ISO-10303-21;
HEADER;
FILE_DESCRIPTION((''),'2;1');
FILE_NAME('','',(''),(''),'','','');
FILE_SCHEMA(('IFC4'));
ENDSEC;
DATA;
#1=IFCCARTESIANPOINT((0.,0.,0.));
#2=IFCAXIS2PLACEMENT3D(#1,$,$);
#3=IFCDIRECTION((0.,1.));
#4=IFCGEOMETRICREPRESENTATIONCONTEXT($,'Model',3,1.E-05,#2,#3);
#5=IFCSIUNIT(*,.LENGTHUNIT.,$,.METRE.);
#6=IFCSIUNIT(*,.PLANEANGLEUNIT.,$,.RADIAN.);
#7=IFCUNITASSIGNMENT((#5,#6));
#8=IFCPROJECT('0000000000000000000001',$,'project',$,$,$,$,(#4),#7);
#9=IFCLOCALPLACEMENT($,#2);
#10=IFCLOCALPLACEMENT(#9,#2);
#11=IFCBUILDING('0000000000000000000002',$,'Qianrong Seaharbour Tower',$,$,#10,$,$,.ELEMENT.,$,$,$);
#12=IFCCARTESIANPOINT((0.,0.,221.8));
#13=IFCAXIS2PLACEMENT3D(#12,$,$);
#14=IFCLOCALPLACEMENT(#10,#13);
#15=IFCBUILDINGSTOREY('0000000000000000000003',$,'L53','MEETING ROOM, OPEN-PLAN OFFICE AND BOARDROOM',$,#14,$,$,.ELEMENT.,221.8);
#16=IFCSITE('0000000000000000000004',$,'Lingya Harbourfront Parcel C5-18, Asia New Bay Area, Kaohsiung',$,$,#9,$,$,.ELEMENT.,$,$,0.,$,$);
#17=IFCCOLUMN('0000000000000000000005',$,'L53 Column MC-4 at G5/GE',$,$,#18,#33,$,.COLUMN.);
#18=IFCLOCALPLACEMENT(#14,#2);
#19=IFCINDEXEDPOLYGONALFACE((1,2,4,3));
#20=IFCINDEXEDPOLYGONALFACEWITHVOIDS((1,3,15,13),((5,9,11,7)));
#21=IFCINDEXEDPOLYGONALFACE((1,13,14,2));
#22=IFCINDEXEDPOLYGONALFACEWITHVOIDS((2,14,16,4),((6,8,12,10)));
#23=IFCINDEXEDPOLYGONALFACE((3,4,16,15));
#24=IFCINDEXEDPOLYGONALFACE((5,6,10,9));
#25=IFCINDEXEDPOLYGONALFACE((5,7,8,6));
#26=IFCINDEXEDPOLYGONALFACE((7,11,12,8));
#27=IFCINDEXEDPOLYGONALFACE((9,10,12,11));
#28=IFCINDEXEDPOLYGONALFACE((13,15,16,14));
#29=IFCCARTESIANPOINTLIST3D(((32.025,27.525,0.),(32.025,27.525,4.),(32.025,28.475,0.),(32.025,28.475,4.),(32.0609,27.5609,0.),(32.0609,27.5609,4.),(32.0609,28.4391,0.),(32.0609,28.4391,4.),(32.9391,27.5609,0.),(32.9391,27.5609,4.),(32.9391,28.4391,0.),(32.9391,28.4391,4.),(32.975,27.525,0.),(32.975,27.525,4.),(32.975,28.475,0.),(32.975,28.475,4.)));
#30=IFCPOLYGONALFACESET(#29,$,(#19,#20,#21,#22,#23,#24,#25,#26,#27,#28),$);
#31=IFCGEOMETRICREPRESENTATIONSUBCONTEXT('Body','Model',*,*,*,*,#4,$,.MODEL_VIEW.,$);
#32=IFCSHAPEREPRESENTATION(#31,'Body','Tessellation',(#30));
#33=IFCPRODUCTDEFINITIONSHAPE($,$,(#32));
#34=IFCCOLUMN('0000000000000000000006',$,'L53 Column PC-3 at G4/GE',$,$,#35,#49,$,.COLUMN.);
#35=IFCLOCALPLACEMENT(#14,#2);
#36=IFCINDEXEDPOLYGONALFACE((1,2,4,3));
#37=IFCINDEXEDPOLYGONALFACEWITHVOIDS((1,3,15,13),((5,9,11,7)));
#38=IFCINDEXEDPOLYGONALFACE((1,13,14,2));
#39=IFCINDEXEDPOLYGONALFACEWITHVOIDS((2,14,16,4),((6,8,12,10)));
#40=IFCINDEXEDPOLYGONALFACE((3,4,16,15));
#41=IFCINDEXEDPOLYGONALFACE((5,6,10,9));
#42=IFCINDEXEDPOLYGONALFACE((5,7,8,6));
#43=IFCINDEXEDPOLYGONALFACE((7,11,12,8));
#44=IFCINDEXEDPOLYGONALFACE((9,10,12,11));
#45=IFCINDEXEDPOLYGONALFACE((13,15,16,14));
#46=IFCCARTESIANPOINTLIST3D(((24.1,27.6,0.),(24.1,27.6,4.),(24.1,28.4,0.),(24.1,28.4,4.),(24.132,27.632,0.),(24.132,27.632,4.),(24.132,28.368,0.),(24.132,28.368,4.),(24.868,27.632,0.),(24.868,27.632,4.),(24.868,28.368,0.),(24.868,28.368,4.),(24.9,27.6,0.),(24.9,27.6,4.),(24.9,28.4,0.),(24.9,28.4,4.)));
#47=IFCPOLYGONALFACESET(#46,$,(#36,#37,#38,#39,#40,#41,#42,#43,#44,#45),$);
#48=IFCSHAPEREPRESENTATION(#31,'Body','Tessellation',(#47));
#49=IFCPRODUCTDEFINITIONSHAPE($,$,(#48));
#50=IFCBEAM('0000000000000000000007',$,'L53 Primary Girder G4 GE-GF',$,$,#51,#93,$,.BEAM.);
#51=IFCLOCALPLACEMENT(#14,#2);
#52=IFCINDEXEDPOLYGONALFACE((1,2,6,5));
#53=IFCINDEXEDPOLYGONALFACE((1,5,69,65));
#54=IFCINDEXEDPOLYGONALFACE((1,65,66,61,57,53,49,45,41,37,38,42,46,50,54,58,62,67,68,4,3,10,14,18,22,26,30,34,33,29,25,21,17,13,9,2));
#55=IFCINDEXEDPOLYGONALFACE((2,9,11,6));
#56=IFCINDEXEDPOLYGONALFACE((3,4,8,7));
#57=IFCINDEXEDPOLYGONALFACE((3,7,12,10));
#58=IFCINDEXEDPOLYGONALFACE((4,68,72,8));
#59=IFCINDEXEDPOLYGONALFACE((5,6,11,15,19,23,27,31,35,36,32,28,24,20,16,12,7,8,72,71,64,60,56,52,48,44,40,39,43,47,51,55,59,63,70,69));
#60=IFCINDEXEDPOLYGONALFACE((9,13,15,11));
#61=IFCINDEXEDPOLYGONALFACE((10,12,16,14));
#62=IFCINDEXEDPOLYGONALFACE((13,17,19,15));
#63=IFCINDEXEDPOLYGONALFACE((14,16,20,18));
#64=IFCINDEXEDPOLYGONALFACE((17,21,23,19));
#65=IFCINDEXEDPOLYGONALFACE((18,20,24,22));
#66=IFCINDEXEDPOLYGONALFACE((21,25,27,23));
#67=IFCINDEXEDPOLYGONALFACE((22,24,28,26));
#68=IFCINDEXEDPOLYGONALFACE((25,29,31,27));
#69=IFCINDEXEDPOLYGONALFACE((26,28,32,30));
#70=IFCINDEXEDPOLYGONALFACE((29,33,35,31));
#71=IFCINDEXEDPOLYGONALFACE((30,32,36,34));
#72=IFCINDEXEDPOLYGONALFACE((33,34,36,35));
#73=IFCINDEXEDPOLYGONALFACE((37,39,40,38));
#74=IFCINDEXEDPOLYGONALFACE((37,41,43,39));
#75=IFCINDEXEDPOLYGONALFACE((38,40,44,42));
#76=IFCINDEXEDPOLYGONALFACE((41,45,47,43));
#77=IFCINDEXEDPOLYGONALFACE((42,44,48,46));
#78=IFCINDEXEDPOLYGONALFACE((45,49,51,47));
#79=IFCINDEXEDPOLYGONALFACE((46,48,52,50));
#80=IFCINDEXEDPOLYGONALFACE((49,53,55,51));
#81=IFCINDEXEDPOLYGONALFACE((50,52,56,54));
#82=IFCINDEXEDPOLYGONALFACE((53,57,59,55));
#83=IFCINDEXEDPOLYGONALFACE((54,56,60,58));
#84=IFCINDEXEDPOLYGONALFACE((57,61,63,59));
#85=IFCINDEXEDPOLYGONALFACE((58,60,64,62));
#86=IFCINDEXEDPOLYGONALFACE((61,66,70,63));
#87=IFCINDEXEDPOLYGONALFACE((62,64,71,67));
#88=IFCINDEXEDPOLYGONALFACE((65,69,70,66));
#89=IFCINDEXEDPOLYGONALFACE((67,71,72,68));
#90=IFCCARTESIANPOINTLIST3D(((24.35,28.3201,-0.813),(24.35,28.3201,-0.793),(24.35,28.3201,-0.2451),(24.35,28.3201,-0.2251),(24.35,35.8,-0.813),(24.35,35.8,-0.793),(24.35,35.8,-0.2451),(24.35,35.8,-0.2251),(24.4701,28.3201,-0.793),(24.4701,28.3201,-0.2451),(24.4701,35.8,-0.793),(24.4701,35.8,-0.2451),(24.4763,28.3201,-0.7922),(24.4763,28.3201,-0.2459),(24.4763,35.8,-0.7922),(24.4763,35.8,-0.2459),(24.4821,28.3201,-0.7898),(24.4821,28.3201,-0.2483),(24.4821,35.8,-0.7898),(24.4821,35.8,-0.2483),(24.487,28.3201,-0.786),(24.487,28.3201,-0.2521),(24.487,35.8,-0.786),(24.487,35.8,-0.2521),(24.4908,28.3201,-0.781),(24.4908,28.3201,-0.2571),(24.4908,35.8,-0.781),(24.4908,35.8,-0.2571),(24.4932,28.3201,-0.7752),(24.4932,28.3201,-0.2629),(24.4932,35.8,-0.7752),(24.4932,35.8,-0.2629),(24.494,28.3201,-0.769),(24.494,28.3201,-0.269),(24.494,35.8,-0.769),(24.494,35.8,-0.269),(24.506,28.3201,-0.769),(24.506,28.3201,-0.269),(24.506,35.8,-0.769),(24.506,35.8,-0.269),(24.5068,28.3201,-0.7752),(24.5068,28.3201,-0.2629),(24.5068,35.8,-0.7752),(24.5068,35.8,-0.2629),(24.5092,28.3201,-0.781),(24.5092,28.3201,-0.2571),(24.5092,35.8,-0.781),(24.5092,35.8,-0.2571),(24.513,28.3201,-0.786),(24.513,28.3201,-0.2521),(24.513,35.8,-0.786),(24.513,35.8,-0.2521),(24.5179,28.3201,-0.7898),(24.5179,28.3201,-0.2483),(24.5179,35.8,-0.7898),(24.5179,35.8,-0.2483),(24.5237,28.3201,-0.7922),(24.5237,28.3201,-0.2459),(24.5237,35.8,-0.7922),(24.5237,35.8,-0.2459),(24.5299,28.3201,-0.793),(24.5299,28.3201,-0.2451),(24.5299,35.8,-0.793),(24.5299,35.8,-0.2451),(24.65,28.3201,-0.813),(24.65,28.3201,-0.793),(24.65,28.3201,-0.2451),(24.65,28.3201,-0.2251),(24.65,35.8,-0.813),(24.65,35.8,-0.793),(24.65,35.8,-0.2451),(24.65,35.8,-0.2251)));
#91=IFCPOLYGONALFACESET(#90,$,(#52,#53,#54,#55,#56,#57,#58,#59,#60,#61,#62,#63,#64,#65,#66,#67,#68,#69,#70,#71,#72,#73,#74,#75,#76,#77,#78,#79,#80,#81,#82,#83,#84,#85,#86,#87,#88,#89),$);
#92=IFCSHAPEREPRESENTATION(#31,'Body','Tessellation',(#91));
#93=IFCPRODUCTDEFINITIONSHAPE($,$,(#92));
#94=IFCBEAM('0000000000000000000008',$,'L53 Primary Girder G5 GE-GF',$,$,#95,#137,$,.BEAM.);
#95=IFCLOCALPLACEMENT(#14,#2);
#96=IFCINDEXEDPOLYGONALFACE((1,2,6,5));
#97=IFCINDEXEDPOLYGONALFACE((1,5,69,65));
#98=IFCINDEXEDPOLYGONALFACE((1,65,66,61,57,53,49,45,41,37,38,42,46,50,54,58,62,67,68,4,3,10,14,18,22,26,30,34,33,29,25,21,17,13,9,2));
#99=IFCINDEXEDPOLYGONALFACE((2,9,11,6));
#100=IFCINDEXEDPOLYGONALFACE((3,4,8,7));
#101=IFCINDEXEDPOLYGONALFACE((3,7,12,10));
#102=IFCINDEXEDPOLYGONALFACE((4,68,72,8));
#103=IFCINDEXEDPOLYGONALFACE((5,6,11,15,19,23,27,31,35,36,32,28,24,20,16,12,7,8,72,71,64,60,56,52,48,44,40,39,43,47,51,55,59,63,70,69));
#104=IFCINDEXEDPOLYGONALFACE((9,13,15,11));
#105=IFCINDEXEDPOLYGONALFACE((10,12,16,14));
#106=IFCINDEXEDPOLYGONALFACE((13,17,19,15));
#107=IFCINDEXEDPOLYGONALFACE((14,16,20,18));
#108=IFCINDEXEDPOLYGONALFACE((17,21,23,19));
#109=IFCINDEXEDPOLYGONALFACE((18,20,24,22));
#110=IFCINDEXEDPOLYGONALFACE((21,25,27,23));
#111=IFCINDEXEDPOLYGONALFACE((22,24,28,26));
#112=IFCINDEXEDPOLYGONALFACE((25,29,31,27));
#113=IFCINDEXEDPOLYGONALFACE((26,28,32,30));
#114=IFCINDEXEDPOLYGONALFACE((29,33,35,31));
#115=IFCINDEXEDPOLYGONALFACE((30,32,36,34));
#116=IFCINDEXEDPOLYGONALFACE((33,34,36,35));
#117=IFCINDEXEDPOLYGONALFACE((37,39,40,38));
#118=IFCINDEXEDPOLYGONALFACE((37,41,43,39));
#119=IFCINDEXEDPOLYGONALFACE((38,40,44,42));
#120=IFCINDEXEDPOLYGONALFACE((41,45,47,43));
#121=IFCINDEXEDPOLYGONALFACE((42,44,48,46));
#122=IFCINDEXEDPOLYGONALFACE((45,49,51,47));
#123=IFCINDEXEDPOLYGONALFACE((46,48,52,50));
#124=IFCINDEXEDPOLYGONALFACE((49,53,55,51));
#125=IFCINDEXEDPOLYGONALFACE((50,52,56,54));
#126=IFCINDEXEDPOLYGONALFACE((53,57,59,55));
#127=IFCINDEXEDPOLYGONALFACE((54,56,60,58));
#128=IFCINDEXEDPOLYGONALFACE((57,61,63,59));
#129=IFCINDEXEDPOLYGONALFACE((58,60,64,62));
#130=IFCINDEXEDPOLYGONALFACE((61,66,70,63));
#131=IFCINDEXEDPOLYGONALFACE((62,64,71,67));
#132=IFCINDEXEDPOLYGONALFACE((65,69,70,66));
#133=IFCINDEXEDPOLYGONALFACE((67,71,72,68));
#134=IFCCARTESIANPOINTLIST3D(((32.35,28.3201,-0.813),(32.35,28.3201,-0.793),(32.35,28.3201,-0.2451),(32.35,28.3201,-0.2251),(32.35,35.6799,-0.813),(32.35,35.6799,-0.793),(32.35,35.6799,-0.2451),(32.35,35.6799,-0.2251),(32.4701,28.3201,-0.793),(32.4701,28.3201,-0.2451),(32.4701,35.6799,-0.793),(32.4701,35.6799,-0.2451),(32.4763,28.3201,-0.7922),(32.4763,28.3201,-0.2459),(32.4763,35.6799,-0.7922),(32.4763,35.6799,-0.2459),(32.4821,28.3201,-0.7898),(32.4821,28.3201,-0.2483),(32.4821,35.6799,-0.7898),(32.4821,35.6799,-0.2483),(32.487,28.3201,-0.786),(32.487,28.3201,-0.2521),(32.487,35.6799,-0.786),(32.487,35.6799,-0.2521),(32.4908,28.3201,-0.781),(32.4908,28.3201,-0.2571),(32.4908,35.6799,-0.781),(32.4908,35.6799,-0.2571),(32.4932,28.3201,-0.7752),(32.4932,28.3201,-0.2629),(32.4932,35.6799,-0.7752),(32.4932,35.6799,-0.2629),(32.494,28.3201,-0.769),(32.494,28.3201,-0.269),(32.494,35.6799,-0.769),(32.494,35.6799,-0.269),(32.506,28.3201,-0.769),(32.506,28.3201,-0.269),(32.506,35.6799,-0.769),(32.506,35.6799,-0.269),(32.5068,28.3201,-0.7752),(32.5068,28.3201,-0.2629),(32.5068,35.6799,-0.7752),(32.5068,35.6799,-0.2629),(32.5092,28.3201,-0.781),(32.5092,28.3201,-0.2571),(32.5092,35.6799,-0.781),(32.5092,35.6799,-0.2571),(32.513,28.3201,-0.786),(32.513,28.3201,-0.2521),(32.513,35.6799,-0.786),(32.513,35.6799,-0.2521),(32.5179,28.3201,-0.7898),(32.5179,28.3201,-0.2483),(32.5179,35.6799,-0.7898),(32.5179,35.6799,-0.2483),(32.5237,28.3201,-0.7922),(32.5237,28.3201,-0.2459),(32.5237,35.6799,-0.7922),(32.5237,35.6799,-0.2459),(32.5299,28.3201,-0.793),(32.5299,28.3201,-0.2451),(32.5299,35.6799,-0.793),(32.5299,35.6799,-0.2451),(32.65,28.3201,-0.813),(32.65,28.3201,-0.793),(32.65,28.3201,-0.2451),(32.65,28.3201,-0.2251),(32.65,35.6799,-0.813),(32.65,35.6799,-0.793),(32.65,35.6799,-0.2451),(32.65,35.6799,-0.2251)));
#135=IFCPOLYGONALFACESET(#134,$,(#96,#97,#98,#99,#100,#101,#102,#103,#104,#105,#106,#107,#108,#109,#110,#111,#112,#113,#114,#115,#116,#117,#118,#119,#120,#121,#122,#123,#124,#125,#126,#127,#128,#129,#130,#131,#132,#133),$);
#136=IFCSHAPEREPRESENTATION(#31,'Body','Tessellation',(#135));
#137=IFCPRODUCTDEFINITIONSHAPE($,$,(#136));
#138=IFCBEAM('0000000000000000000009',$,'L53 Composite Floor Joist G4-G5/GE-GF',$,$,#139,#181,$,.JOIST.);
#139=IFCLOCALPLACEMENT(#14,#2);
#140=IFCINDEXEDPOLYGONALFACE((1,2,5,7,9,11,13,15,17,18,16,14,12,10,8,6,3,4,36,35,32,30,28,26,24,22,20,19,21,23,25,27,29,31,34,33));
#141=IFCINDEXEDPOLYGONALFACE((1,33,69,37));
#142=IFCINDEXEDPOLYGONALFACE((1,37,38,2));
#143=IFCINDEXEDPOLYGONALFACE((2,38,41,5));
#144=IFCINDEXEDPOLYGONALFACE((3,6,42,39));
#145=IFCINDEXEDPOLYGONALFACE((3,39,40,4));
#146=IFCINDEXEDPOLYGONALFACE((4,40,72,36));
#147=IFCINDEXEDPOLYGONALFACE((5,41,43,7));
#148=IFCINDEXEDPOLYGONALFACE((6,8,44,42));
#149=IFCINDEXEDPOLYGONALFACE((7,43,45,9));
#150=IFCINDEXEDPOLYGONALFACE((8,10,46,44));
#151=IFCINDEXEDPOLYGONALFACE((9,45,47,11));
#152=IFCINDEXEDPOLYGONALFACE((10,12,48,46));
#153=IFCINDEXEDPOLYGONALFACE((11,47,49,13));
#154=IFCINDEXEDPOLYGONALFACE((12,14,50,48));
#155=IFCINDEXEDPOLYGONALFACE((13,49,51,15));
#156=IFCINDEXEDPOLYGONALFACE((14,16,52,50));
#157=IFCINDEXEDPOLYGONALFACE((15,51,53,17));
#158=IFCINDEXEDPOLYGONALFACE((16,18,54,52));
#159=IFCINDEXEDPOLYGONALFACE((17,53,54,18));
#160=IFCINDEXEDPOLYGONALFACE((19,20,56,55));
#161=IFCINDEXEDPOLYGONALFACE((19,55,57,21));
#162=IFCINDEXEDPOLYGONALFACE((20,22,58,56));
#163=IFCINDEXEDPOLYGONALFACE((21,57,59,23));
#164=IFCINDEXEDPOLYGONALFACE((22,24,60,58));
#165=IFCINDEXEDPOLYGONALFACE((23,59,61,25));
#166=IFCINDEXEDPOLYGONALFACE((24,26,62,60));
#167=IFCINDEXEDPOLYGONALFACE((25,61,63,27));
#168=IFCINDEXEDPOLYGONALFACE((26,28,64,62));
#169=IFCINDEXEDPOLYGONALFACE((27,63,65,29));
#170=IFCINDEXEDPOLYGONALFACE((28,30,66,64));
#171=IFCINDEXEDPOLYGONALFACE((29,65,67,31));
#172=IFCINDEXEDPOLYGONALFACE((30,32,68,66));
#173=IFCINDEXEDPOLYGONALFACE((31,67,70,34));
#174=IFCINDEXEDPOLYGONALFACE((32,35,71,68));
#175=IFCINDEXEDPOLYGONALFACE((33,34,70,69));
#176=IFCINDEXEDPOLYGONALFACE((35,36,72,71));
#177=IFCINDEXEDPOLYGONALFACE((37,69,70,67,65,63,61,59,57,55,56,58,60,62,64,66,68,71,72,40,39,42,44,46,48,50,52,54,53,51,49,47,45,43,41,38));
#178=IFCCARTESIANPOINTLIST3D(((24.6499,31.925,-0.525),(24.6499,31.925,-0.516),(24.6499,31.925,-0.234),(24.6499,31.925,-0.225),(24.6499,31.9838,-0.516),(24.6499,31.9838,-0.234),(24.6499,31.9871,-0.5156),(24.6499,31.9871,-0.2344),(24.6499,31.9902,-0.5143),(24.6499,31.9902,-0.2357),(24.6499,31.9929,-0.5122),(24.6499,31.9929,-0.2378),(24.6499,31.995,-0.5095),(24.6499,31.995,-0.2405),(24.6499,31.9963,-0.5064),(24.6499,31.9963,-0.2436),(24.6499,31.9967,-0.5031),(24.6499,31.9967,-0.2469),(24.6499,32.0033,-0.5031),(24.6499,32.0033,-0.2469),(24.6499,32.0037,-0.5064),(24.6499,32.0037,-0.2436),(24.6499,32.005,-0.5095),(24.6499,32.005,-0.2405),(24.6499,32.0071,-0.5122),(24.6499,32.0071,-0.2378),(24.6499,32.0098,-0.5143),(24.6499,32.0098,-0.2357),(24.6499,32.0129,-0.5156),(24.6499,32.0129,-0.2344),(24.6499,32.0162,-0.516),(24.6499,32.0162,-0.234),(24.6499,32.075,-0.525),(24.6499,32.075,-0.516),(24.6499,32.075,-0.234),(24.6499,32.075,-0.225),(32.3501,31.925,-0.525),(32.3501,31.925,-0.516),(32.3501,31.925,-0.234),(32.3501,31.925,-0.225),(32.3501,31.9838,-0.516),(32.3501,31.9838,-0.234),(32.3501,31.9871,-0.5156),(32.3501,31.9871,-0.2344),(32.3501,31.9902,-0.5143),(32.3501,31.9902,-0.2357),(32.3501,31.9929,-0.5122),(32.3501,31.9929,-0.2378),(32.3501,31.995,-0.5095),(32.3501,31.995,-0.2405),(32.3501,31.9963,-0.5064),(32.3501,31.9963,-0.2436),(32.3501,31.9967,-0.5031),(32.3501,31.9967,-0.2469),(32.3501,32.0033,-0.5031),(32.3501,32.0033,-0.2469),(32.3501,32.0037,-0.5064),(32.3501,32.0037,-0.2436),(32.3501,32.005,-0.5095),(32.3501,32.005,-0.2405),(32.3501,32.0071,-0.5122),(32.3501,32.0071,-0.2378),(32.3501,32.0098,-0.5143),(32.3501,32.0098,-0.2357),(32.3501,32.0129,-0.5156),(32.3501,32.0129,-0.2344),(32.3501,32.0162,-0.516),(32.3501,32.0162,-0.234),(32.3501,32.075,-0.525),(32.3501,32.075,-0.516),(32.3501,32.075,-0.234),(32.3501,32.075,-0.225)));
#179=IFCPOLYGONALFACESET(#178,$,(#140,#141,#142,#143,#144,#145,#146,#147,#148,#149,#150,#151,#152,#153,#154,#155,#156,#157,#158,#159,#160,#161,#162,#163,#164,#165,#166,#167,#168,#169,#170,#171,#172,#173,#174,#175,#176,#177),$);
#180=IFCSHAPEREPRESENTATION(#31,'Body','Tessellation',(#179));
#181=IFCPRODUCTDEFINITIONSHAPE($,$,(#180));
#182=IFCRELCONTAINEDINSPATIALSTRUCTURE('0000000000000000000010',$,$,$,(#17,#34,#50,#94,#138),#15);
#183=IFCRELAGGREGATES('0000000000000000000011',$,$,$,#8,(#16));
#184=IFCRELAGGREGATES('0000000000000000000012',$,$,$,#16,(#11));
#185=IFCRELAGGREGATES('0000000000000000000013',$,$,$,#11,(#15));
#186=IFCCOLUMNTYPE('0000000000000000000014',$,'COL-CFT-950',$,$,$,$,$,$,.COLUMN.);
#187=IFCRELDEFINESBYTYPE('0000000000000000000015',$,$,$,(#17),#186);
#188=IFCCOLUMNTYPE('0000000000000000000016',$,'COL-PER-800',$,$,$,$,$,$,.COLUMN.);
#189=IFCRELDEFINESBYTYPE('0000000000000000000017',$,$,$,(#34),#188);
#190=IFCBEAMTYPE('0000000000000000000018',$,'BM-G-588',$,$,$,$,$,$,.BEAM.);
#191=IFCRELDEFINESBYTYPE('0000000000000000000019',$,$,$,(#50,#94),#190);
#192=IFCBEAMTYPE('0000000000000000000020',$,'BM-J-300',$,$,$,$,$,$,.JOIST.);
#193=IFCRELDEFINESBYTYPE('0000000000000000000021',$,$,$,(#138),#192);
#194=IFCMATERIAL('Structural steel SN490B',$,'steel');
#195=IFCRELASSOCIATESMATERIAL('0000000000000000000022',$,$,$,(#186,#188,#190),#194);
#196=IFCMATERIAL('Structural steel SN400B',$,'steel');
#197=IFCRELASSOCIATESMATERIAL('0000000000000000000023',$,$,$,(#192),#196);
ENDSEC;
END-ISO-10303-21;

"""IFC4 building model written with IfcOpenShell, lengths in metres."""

from ifc_helpers import new_model, si_unit, direction, frame, origin, origin_2d, place, context, subcontext, project, spatial, hollow_rectangle, i_section, extrude, material, material_profile, profile_set, type_object, element, save


model = new_model("IFC4")

# Units and contexts
model_context = context("Model", 3, precision=1e-05, world=origin(), true_north=direction((0.0, 1.0)))
body_context = subcontext(model_context, "Body", "Model", "MODEL_VIEW")
ifc_project = project(units=[si_unit("LENGTHUNIT", "METRE"), si_unit("PLANEANGLEUNIT", "RADIAN")], contexts=[model_context])

# Site, building, storey
site_placement = place(None, origin())
site = spatial("IfcSite", under=ifc_project, at=site_placement, Name="Lingya Harbourfront Parcel C5-18, Asia New Bay Area, Kaohsiung", CompositionType="ELEMENT", RefElevation=0.0)
building_placement = place(site_placement, origin())
building = spatial("IfcBuilding", under=site, at=building_placement, Name="Qianrong Seaharbour Tower", CompositionType="ELEMENT")
storey_placement = place(building_placement, frame((0.0, 0.0, 221.8)))
storey = spatial("IfcBuildingStorey", under=building, at=storey_placement, Name="L53", Description="MEETING ROOM, OPEN-PLAN OFFICE AND BOARDROOM", CompositionType="ELEMENT", Elevation=221.8)

# Columns
ifc_material_1 = material(Name="Structural steel SN490B", Category="steel")
ifc_material_profile_1 = material_profile(ifc_material_1, hollow_rectangle(XDim=0.95, YDim=0.95, WallThickness=0.0359, at=origin_2d()), Name="BOX950x950x36")
ifc_profile_set_1 = profile_set([ifc_material_profile_1], Name="Structural steel SN490B")
column_type_1 = type_object("IfcColumnType", Name="COL-CFT-950", PredefinedType="COLUMN", material=ifc_profile_set_1)
column_1_placement = place(storey_placement, frame((32.5, 28.0, 0.0), z_axis=(0.0, 0.0, 1.0), x_axis=(1.0, 0.0, 0.0)))
element("IfcColumn", 1, at=column_1_placement, inside=storey, type_object=column_type_1, Name="L53 Column MC-4 at G5/GE", PredefinedType="COLUMN", context=body_context, shape_type="SweptSolid", body=[
    extrude(hollow_rectangle(XDim=0.95, YDim=0.95, WallThickness=0.0359, at=origin_2d()), origin(), (0.0, 0.0, 1.0), 4.0),
])
ifc_material_profile_2 = material_profile(ifc_material_1, hollow_rectangle(XDim=0.8, YDim=0.8, WallThickness=0.032, at=origin_2d()), Name="BOX800x800x32")
ifc_profile_set_2 = profile_set([ifc_material_profile_2], Name="Structural steel SN490B")
column_type_2 = type_object("IfcColumnType", Name="COL-PER-800", PredefinedType="COLUMN", material=ifc_profile_set_2)
column_2_placement = place(storey_placement, frame((24.5, 28.0, 0.0), z_axis=(0.0, 0.0, 1.0), x_axis=(1.0, 0.0, 0.0)))
element("IfcColumn", 2, at=column_2_placement, inside=storey, type_object=column_type_2, Name="L53 Column PC-3 at G4/GE", PredefinedType="COLUMN", context=body_context, shape_type="SweptSolid", body=[
    extrude(hollow_rectangle(XDim=0.8, YDim=0.8, WallThickness=0.032, at=origin_2d()), origin(), (0.0, 0.0, 1.0), 4.0),
])

# Beams
ifc_material_profile_3 = material_profile(ifc_material_1, i_section(OverallWidth=0.3, OverallDepth=0.5879, WebThickness=0.012, FlangeThickness=0.02, FilletRadius=0.0239, at=origin_2d()), Name="H588x300x12x20")
ifc_profile_set_3 = profile_set([ifc_material_profile_3], Name="Structural steel SN490B")
beam_type_1 = type_object("IfcBeamType", Name="BM-G-588", PredefinedType="BEAM", material=ifc_profile_set_3)
beam_1_placement = place(storey_placement, frame((24.5, 28.3201, -0.519), z_axis=(0.0, 1.0, 0.0), x_axis=(-1.0, 0.0, 0.0)))
element("IfcBeam", 3, at=beam_1_placement, inside=storey, type_object=beam_type_1, Name="L53 Primary Girder G4 GE-GF", PredefinedType="BEAM", context=body_context, shape_type="SweptSolid", body=[
    extrude(i_section(OverallWidth=0.3, OverallDepth=0.5879, WebThickness=0.012, FlangeThickness=0.02, FilletRadius=0.0239, at=origin_2d()), origin(), (0.0, 0.0, 1.0), 7.48),
])
beam_2_placement = place(storey_placement, frame((32.5, 28.3201, -0.519), z_axis=(0.0, 1.0, 0.0), x_axis=(-1.0, 0.0, 0.0)))
element("IfcBeam", 4, at=beam_2_placement, inside=storey, type_object=beam_type_1, Name="L53 Primary Girder G5 GE-GF", PredefinedType="BEAM", context=body_context, shape_type="SweptSolid", body=[
    extrude(i_section(OverallWidth=0.3, OverallDepth=0.5879, WebThickness=0.012, FlangeThickness=0.02, FilletRadius=0.0239, at=origin_2d()), origin(), (0.0, 0.0, 1.0), 7.3599),
])
ifc_material_2 = material(Name="Structural steel SN400B", Category="steel")
ifc_material_profile_4 = material_profile(ifc_material_2, i_section(OverallWidth=0.1499, OverallDepth=0.3, WebThickness=0.0066, FlangeThickness=0.009, FilletRadius=0.0129, at=origin_2d()), Name="H300x150x6.5x9")
ifc_profile_set_4 = profile_set([ifc_material_profile_4], Name="Structural steel SN400B")
beam_type_2 = type_object("IfcBeamType", Name="BM-J-300", PredefinedType="JOIST", material=ifc_profile_set_4)
for number, where, z_axis, x_axis, name in (
    (5, (24.6499, 32.0, -0.375), (1.0, 0.0, 0.0), (0.0, 1.0, 0.0), "L53 Composite Floor Joist G4-G5/GE-GF"),
):
    element("IfcBeam", number, at=place(storey_placement, frame(where, z_axis=z_axis, x_axis=x_axis)), inside=storey, type_object=beam_type_2, Name=name, PredefinedType="JOIST", context=body_context, shape_type="SweptSolid", body=[
        extrude(i_section(OverallWidth=0.1499, OverallDepth=0.3, WebThickness=0.0066, FlangeThickness=0.009, FilletRadius=0.0129, at=origin_2d()), origin(), (0.0, 0.0, 1.0), 7.7002),
    ])

save(model, "model.ifc")
